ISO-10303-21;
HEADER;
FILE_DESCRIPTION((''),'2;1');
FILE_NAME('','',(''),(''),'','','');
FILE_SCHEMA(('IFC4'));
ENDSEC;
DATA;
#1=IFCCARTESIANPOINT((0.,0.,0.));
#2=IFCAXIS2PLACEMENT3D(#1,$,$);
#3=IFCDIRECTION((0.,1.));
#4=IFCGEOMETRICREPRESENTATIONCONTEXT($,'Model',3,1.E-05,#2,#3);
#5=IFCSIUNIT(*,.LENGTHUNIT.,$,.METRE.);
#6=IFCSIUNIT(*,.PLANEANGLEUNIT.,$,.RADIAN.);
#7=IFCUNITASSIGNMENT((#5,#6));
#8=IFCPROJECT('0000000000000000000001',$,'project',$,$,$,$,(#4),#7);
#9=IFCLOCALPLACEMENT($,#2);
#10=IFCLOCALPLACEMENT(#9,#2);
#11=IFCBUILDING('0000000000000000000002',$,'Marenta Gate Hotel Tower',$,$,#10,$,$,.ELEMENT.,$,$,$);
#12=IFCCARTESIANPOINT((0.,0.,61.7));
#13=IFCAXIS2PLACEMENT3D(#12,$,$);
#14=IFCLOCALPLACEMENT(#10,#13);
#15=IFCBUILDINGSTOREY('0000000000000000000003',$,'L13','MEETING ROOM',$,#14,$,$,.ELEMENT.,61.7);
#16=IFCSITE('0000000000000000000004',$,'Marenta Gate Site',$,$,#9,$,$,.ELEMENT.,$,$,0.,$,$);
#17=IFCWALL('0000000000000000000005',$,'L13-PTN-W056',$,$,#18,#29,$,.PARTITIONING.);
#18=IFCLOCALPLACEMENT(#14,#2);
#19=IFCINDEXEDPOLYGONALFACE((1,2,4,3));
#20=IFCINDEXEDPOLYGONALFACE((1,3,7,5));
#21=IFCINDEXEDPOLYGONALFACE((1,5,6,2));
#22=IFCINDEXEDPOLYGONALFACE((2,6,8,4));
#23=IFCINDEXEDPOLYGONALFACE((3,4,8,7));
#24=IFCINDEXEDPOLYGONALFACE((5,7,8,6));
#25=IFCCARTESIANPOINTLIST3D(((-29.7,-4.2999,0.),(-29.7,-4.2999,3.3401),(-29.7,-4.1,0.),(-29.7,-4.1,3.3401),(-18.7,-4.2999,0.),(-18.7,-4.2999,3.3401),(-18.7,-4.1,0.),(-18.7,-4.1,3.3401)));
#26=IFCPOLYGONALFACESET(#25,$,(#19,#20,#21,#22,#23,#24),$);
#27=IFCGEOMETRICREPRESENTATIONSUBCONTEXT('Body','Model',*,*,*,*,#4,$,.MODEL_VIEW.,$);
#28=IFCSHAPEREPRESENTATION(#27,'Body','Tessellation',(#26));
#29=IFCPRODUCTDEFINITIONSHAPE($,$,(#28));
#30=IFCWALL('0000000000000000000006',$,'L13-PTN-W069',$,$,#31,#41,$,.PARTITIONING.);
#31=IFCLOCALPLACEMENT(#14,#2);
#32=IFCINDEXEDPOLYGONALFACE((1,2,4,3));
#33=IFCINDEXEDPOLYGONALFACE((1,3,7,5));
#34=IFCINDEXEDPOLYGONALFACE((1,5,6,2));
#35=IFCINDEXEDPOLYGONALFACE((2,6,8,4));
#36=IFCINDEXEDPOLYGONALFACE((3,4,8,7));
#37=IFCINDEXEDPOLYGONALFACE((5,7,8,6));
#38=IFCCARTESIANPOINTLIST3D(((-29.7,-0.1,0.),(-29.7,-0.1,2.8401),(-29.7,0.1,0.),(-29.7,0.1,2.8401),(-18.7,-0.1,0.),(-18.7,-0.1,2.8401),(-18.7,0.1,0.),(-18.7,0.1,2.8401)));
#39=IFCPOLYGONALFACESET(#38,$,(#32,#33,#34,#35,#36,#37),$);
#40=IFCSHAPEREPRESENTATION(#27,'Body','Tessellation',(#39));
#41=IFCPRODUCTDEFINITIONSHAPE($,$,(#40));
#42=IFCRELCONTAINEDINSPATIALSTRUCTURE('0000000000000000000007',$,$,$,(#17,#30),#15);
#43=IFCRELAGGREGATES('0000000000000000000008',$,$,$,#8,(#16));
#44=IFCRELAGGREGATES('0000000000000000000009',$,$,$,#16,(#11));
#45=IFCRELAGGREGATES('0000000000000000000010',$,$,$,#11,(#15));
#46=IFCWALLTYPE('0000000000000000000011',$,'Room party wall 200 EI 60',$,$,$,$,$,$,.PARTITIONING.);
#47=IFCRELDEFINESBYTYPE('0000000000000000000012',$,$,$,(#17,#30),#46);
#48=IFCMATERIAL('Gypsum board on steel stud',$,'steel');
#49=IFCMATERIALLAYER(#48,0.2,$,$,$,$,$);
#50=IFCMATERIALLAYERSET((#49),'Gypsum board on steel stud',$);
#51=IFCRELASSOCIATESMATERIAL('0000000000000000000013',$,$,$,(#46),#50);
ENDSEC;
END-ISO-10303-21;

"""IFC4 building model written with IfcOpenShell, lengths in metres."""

from ifc_helpers import new_model, si_unit, direction, frame, frame_2d, origin, place, context, subcontext, project, spatial, rectangle, extrude, material, layer, layer_set, type_object, element, save


model = new_model("IFC4")

# Units and contexts
model_context = context("Model", 3, precision=1e-05, world=origin(), true_north=direction((0.0, 1.0)))
body_context = subcontext(model_context, "Body", "Model", "MODEL_VIEW")
ifc_project = project(units=[si_unit("LENGTHUNIT", "METRE"), si_unit("PLANEANGLEUNIT", "RADIAN")], contexts=[model_context])

# Site, building, storey
site_placement = place(None, origin())
site = spatial("IfcSite", under=ifc_project, at=site_placement, Name="Marenta Gate Site", CompositionType="ELEMENT", RefElevation=0.0)
building_placement = place(site_placement, origin())
building = spatial("IfcBuilding", under=site, at=building_placement, Name="Marenta Gate Hotel Tower", CompositionType="ELEMENT")
storey_placement = place(building_placement, frame((0.0, 0.0, 61.7)))
storey = spatial("IfcBuildingStorey", under=building, at=storey_placement, Name="L13", Description="MEETING ROOM", CompositionType="ELEMENT", Elevation=61.7)

# Walls
ifc_material_1 = material(Name="Gypsum board on steel stud", Category="steel")
ifc_layer_1 = layer(ifc_material_1, 0.2)
ifc_layer_set_1 = layer_set([ifc_layer_1], Name="Gypsum board on steel stud")
wall_type = type_object("IfcWallType", Name="Room party wall 200 EI 60", PredefinedType="PARTITIONING", material=ifc_layer_set_1)
wall_1_placement = place(storey_placement, frame((-29.7, -4.2, 0.0), z_axis=(0.0, 0.0, 1.0), x_axis=(1.0, 0.0, 0.0)))
element("IfcWall", 1, at=wall_1_placement, inside=storey, type_object=wall_type, Name="L13-PTN-W056", PredefinedType="PARTITIONING", context=body_context, shape_type="SweptSolid", body=[
    extrude(rectangle(XDim=11.0, YDim=0.2, at=frame_2d((5.5, 0.0))), origin(), (0.0, 0.0, 1.0), 3.3401),
])
wall_2_placement = place(storey_placement, frame((-29.7, 0.0, 0.0), z_axis=(0.0, 0.0, 1.0), x_axis=(1.0, 0.0, 0.0)))
element("IfcWall", 2, at=wall_2_placement, inside=storey, type_object=wall_type, Name="L13-PTN-W069", PredefinedType="PARTITIONING", context=body_context, shape_type="SweptSolid", body=[
    extrude(rectangle(XDim=11.0, YDim=0.2, at=frame_2d((5.5, 0.0))), origin(), (0.0, 0.0, 1.0), 2.8401),
])

save(model, "model.ifc")
